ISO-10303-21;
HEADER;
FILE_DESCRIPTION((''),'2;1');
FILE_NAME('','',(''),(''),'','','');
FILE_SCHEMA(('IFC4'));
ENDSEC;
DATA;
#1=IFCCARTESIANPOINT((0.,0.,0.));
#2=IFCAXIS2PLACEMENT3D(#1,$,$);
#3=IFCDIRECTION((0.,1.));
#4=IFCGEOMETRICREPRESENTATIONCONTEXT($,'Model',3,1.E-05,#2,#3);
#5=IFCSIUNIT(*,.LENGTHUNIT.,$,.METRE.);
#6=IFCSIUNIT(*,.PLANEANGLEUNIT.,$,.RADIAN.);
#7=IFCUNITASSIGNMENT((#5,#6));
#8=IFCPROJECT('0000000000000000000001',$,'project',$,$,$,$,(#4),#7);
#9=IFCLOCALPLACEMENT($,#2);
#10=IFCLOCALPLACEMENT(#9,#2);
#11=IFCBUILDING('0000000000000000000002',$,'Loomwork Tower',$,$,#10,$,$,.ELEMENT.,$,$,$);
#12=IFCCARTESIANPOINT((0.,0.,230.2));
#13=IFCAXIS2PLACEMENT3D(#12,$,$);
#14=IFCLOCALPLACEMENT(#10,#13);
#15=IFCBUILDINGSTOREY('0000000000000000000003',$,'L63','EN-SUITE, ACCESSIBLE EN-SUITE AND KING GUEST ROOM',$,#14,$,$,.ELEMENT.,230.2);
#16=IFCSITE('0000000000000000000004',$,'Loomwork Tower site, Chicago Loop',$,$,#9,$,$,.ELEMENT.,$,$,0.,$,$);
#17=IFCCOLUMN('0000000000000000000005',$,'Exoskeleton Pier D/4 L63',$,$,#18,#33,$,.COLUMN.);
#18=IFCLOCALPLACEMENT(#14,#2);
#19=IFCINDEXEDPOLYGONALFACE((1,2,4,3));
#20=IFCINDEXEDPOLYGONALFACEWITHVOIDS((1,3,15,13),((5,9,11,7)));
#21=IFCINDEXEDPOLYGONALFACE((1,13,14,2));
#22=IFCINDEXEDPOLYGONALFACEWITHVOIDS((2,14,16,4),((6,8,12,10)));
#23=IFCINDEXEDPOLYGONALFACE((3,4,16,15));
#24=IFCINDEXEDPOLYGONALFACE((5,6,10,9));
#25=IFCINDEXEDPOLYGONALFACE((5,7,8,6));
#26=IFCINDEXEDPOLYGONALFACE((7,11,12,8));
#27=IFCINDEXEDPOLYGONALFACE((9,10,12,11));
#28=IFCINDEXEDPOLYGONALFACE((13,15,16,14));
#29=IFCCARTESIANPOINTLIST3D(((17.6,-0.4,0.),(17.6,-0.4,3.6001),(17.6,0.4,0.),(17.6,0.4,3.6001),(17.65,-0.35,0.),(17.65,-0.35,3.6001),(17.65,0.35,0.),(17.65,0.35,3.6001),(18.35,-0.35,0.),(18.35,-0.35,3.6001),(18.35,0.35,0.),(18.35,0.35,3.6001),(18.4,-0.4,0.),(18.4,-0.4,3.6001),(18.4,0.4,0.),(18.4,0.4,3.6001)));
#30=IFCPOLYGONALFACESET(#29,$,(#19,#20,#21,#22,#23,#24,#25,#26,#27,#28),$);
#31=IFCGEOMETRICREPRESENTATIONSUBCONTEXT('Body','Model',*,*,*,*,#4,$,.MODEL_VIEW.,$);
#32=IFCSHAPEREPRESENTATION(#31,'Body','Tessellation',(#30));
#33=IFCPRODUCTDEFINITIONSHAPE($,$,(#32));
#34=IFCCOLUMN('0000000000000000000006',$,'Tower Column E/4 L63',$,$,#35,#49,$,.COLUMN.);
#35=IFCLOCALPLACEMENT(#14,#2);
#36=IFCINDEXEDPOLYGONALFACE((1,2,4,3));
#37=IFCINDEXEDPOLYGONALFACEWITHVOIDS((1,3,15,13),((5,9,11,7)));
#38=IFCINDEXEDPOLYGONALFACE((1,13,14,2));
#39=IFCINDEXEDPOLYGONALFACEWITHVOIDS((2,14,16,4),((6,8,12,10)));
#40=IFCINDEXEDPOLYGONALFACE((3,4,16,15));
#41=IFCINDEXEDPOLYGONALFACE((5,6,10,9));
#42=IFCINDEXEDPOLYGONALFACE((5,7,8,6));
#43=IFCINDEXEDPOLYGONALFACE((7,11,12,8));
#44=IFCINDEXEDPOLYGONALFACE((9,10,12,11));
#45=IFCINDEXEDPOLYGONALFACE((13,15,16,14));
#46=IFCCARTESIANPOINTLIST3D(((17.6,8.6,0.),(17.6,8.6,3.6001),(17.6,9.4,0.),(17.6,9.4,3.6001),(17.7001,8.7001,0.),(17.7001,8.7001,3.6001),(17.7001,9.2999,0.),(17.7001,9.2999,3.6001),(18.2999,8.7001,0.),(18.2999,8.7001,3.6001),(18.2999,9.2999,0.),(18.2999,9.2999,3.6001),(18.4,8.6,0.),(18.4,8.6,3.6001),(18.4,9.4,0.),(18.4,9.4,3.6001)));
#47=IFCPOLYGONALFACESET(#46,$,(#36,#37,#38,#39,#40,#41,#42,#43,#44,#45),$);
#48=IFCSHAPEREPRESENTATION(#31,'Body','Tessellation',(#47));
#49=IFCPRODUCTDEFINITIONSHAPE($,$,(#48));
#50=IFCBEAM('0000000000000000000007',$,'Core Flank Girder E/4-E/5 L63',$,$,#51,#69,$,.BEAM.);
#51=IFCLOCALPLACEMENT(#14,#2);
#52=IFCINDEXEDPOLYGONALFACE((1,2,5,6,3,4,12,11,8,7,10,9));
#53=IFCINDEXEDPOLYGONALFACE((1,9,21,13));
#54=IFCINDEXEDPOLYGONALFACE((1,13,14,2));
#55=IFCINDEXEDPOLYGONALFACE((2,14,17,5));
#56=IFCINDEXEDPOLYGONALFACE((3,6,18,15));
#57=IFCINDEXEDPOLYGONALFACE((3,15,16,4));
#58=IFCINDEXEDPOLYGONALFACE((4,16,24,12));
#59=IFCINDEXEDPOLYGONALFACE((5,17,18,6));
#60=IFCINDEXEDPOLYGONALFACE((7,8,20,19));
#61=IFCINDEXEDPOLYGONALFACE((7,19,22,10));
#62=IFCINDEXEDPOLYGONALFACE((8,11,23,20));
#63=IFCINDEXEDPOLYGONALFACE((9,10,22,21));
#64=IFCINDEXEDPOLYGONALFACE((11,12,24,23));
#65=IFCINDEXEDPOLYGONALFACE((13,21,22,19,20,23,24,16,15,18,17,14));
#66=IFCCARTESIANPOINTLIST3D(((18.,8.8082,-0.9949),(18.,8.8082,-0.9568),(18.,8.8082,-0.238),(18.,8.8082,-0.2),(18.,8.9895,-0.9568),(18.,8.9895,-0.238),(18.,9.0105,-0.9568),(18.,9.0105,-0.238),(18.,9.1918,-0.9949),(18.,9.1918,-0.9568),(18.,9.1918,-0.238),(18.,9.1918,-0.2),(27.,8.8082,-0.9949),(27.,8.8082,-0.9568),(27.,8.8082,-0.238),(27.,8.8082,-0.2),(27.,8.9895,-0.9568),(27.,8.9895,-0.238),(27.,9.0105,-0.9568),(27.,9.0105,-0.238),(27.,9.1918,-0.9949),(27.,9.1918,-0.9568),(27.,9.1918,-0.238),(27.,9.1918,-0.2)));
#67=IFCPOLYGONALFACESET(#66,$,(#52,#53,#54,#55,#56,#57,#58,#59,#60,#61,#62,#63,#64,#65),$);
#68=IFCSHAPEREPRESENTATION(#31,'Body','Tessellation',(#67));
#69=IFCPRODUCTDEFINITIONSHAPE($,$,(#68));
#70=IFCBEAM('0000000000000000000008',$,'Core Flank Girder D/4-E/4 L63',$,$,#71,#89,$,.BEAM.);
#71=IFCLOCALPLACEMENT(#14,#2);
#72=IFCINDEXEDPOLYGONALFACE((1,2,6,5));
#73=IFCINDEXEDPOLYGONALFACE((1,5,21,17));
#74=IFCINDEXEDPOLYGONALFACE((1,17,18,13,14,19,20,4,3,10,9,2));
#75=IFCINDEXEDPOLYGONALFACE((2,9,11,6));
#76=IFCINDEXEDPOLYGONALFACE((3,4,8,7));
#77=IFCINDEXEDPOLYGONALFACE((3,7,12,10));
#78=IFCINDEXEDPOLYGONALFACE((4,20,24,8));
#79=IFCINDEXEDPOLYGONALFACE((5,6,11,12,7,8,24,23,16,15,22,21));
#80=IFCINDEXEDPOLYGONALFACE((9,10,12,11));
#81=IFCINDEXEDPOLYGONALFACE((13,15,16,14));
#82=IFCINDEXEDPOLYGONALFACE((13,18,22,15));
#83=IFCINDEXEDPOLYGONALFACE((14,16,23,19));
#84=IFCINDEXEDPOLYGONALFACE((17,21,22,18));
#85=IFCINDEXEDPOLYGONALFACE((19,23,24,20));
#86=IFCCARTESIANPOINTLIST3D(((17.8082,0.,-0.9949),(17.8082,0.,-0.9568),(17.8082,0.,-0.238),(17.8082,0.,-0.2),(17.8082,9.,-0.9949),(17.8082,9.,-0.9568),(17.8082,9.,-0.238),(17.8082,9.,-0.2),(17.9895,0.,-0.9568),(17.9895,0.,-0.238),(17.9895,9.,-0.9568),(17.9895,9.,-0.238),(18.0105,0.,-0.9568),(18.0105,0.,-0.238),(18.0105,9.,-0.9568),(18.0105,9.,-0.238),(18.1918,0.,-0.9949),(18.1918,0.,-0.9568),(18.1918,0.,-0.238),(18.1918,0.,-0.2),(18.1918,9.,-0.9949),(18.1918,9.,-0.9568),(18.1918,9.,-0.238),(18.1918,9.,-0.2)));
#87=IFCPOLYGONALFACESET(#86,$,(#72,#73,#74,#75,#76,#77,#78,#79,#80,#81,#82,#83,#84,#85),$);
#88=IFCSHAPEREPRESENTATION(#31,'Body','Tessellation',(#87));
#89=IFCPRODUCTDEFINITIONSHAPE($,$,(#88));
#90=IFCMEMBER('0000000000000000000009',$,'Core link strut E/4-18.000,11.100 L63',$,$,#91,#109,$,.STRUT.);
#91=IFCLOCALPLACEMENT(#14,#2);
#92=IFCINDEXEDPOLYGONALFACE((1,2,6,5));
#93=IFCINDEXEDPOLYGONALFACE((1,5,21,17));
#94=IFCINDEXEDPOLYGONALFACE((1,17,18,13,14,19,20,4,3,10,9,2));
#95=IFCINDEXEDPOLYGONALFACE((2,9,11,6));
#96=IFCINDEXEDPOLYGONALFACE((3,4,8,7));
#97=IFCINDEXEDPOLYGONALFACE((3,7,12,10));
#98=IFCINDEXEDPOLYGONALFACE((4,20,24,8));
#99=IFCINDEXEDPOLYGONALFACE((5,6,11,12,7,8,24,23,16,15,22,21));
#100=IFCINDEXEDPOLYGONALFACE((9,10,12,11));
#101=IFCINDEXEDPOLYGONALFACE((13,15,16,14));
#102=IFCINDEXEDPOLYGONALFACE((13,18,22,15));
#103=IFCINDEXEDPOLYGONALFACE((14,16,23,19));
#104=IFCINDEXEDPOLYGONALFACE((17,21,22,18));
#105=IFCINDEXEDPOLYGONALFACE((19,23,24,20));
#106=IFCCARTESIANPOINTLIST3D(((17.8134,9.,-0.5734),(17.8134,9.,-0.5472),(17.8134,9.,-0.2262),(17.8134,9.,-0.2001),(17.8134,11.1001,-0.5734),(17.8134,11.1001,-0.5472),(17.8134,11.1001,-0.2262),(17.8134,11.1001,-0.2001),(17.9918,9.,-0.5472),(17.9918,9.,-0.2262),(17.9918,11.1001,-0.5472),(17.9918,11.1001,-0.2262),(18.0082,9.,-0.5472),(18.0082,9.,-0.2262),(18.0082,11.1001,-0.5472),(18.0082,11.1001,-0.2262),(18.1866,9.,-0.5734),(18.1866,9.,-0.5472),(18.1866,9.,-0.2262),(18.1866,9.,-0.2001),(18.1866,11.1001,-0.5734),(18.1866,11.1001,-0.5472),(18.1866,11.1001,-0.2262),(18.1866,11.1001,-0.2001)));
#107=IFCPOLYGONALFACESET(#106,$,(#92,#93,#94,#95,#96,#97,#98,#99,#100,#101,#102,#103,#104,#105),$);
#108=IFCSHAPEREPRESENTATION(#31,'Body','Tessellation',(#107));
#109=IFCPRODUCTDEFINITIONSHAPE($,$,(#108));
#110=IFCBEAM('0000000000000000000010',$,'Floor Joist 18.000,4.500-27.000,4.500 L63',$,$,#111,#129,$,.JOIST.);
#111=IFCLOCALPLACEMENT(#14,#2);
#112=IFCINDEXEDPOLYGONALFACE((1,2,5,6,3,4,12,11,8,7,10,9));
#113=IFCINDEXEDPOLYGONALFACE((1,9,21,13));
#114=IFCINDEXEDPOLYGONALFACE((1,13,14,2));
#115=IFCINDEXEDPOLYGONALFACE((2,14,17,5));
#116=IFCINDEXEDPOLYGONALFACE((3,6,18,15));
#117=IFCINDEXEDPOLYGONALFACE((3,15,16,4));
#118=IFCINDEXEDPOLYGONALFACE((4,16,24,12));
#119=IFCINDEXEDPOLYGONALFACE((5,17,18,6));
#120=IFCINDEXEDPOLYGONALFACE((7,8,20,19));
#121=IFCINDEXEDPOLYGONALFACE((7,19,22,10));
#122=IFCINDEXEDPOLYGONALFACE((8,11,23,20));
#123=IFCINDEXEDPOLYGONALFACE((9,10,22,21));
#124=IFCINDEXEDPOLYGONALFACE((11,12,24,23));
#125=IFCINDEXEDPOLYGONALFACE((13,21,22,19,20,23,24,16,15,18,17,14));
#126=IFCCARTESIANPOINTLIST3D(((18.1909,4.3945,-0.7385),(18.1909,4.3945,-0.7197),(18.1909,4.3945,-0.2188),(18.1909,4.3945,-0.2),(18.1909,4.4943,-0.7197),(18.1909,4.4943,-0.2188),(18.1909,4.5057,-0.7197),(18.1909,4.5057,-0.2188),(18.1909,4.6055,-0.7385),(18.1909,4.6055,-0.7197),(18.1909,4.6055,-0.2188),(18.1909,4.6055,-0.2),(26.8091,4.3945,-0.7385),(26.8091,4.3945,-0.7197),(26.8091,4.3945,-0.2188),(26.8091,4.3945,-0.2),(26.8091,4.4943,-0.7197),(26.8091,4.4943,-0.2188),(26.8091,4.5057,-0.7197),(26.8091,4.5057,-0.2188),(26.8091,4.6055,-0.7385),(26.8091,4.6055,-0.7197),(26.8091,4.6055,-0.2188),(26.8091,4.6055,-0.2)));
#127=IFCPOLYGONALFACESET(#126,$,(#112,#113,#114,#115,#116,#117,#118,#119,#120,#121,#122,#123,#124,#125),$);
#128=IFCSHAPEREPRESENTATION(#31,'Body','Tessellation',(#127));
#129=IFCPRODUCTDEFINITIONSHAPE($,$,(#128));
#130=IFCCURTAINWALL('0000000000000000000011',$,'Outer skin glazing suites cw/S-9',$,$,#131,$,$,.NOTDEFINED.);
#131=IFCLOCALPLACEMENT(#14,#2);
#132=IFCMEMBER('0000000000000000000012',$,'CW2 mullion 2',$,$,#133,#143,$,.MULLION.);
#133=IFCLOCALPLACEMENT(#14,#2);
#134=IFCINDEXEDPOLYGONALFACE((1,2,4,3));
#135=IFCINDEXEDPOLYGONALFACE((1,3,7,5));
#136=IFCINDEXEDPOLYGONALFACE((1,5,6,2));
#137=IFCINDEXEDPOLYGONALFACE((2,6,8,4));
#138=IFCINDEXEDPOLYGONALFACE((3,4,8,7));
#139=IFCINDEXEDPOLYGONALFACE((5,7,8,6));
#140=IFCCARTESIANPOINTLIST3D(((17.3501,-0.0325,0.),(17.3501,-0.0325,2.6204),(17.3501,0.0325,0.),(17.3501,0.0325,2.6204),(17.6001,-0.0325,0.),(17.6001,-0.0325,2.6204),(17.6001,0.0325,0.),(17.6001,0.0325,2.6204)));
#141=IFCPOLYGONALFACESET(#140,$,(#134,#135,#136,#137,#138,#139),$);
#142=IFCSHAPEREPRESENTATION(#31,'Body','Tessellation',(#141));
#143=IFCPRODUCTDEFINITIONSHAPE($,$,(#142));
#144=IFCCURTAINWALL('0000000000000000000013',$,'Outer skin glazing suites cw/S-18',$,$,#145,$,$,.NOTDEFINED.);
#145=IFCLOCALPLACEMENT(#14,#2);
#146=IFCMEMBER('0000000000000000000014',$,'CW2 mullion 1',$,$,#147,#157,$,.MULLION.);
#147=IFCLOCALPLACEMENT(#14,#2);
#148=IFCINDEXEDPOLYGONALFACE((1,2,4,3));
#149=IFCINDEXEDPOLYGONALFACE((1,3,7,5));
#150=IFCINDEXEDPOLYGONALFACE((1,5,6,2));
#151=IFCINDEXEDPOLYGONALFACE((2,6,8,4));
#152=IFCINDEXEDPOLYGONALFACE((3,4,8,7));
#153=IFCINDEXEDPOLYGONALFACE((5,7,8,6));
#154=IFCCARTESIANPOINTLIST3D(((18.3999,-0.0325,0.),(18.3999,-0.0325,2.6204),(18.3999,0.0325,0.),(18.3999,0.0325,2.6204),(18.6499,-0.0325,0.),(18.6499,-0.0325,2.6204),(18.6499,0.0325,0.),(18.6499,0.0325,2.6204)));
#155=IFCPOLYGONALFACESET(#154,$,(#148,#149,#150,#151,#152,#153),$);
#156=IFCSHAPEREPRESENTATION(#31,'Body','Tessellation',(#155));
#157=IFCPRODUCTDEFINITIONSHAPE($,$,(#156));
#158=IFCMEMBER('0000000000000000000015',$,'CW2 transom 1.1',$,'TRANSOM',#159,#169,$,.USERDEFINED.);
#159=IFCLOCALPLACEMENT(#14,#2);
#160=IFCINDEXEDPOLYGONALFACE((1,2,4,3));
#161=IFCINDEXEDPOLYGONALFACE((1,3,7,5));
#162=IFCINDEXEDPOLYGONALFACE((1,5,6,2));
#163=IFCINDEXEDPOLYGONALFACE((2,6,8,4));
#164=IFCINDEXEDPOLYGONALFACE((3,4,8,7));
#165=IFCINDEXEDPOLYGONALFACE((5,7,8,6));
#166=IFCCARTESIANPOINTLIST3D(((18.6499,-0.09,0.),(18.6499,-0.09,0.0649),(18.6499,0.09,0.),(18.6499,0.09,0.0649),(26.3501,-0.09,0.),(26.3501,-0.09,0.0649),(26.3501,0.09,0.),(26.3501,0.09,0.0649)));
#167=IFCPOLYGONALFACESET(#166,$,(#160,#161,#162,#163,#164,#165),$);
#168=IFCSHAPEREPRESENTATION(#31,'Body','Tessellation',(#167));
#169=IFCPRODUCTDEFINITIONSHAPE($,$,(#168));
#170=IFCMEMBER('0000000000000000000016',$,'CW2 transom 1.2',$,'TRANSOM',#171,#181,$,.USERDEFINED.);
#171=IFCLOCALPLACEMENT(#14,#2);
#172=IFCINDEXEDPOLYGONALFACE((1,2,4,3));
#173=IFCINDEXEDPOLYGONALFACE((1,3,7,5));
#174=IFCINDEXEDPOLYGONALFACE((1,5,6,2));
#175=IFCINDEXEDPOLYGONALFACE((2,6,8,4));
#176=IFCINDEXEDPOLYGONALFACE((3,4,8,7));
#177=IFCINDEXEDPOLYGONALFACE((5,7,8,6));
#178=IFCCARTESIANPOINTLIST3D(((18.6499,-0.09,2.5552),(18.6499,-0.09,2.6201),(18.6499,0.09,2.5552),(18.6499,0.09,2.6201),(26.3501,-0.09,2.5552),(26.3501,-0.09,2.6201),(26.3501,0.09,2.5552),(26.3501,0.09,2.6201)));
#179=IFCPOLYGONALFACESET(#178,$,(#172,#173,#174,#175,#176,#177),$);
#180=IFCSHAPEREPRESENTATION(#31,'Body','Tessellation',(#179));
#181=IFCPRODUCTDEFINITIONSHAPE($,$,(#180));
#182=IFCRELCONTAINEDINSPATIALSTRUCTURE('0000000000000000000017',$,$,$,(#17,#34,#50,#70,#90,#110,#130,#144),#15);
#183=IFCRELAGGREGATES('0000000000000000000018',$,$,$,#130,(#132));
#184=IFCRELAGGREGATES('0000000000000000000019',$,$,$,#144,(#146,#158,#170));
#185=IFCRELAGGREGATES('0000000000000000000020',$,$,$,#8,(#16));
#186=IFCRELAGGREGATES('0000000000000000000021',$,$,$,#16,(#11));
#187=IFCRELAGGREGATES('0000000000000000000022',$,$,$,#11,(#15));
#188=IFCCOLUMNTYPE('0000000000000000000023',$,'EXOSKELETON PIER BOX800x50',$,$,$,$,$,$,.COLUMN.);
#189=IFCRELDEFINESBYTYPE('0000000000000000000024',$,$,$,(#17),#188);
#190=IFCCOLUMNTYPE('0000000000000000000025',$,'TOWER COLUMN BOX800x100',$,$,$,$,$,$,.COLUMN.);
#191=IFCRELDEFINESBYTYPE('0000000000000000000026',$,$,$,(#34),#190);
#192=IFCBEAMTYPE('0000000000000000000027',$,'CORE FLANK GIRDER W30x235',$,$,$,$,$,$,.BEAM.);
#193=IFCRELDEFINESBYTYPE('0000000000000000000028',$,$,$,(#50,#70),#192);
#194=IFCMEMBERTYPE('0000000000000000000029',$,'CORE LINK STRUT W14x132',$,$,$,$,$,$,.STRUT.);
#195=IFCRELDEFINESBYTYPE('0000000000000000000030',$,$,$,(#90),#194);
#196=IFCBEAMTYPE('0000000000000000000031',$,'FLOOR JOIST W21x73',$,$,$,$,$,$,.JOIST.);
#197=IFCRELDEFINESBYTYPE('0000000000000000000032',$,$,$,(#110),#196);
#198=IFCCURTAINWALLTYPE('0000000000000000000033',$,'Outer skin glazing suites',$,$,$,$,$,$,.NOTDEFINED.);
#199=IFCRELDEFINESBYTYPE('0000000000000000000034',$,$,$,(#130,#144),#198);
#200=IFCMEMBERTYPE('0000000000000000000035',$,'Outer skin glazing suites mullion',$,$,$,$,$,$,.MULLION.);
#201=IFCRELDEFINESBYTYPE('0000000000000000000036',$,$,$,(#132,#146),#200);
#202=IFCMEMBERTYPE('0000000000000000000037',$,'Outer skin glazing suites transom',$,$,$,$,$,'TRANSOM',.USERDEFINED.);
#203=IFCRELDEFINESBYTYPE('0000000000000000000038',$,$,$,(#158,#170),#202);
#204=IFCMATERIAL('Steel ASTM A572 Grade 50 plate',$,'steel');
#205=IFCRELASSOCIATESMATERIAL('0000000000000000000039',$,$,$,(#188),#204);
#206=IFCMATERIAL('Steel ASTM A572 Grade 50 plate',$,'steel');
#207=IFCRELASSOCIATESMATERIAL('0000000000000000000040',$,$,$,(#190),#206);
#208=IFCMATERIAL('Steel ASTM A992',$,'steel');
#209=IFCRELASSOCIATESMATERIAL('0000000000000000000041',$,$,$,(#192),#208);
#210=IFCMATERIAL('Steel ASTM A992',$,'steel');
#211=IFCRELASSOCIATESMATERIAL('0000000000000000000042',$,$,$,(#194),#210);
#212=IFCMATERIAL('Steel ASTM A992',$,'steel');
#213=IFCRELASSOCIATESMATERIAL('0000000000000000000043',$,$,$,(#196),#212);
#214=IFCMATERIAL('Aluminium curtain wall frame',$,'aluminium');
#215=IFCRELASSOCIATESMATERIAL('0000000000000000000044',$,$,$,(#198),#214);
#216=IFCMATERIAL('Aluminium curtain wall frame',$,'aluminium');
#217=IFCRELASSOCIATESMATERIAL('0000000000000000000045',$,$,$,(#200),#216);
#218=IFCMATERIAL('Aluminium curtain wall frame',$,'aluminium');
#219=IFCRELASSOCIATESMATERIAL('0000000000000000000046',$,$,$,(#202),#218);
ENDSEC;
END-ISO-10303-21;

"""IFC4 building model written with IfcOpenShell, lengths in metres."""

from ifc_helpers import new_model, si_unit, direction, frame, origin, origin_2d, place, context, subcontext, project, spatial, rectangle, hollow_rectangle, i_section, extrude, material, material_profile, profile_set, type_object, element, aggregate, save


model = new_model("IFC4")

# Units and contexts
model_context = context("Model", 3, precision=1e-05, world=origin(), true_north=direction((0.0, 1.0)))
body_context = subcontext(model_context, "Body", "Model", "MODEL_VIEW")
ifc_project = project(units=[si_unit("LENGTHUNIT", "METRE"), si_unit("PLANEANGLEUNIT", "RADIAN")], contexts=[model_context])

# Site, building, storey
site_placement = place(None, origin())
site = spatial("IfcSite", under=ifc_project, at=site_placement, Name="Loomwork Tower site, Chicago Loop", CompositionType="ELEMENT", RefElevation=0.0)
building_placement = place(site_placement, origin())
building = spatial("IfcBuilding", under=site, at=building_placement, Name="Loomwork Tower", CompositionType="ELEMENT")
storey_placement = place(building_placement, frame((0.0, 0.0, 230.2)))
storey = spatial("IfcBuildingStorey", under=building, at=storey_placement, Name="L63", Description="EN-SUITE, ACCESSIBLE EN-SUITE AND KING GUEST ROOM", CompositionType="ELEMENT", Elevation=230.2)

# Columns
ifc_material_1 = material(Name="Steel ASTM A572 Grade 50 plate", Category="steel")
ifc_material_profile_1 = material_profile(ifc_material_1, hollow_rectangle(XDim=0.8, YDim=0.8, WallThickness=0.05, at=origin_2d()), Name="BOX800x50")
ifc_profile_set_1 = profile_set([ifc_material_profile_1], Name="Steel ASTM A572 Grade 50 plate")
column_type_1 = type_object("IfcColumnType", Name="EXOSKELETON PIER BOX800x50", PredefinedType="COLUMN", material=ifc_profile_set_1)
column_1_placement = place(storey_placement, frame((18.0, 0.0, 0.0), z_axis=(0.0, 0.0, 1.0), x_axis=(1.0, 0.0, 0.0)))
element("IfcColumn", 1, at=column_1_placement, inside=storey, type_object=column_type_1, Name="Exoskeleton Pier D/4 L63", PredefinedType="COLUMN", context=body_context, shape_type="SweptSolid", body=[
    extrude(hollow_rectangle(XDim=0.8, YDim=0.8, WallThickness=0.05, at=origin_2d()), origin(), (0.0, 0.0, 1.0), 3.6001),
])
ifc_material_2 = material(Name="Steel ASTM A572 Grade 50 plate", Category="steel")
ifc_material_profile_2 = material_profile(ifc_material_2, hollow_rectangle(XDim=0.8, YDim=0.8, WallThickness=0.1001, at=origin_2d()), Name="BOX800x100")
ifc_profile_set_2 = profile_set([ifc_material_profile_2], Name="Steel ASTM A572 Grade 50 plate")
column_type_2 = type_object("IfcColumnType", Name="TOWER COLUMN BOX800x100", PredefinedType="COLUMN", material=ifc_profile_set_2)
column_2_placement = place(storey_placement, frame((18.0, 9.0, 0.0), z_axis=(0.0, 0.0, 1.0), x_axis=(1.0, 0.0, 0.0)))
element("IfcColumn", 2, at=column_2_placement, inside=storey, type_object=column_type_2, Name="Tower Column E/4 L63", PredefinedType="COLUMN", context=body_context, shape_type="SweptSolid", body=[
    extrude(hollow_rectangle(XDim=0.8, YDim=0.8, WallThickness=0.1001, at=origin_2d()), origin(), (0.0, 0.0, 1.0), 3.6001),
])

# Beams
ifc_material_3 = material(Name="Steel ASTM A992", Category="steel")
ifc_material_profile_3 = material_profile(ifc_material_3, i_section(OverallWidth=0.3835, OverallDepth=0.7949, WebThickness=0.021, FlangeThickness=0.0381, at=origin_2d()), Name="W30x235")
ifc_profile_set_3 = profile_set([ifc_material_profile_3], Name="Steel ASTM A992")
beam_type_1 = type_object("IfcBeamType", Name="CORE FLANK GIRDER W30x235", PredefinedType="BEAM", material=ifc_profile_set_3)
for number, where, z_axis, x_axis, name in (
    (3, (18.0, 9.0, -0.5974), (1.0, 0.0, 0.0), (0.0, 1.0, 0.0), "Core Flank Girder E/4-E/5 L63"),
    (4, (18.0, 0.0, -0.5974), (0.0, 1.0, 0.0), (-1.0, 0.0, 0.0), "Core Flank Girder D/4-E/4 L63"),
):
    element("IfcBeam", number, at=place(storey_placement, frame(where, z_axis=z_axis, x_axis=x_axis)), inside=storey, type_object=beam_type_1, Name=name, PredefinedType="BEAM", context=body_context, shape_type="SweptSolid", body=[
        extrude(i_section(OverallWidth=0.3835, OverallDepth=0.7949, WebThickness=0.021, FlangeThickness=0.0381, at=origin_2d()), origin(), (0.0, 0.0, 1.0), 9.0),
    ])

# Member
ifc_material_4 = material(Name="Steel ASTM A992", Category="steel")
ifc_material_profile_4 = material_profile(ifc_material_4, i_section(OverallWidth=0.3733, OverallDepth=0.3733, WebThickness=0.0164, FlangeThickness=0.0261, at=origin_2d()), Name="W14x132")
ifc_profile_set_4 = profile_set([ifc_material_profile_4], Name="Steel ASTM A992")
member_type_1 = type_object("IfcMemberType", Name="CORE LINK STRUT W14x132", PredefinedType="STRUT", material=ifc_profile_set_4)
member_1_placement = place(storey_placement, frame((18.0, 9.0, -0.3867), z_axis=(0.0, 1.0, 0.0), x_axis=(-1.0, 0.0, 0.0)))
element("IfcMember", 5, at=member_1_placement, inside=storey, type_object=member_type_1, Name="Core link strut E/4-18.000,11.100 L63", PredefinedType="STRUT", context=body_context, shape_type="SweptSolid", body=[
    extrude(i_section(OverallWidth=0.3733, OverallDepth=0.3733, WebThickness=0.0164, FlangeThickness=0.0261, at=origin_2d()), origin(), (0.0, 0.0, 1.0), 2.1001),
])

# Beam
ifc_material_5 = material(Name="Steel ASTM A992", Category="steel")
ifc_material_profile_5 = material_profile(ifc_material_5, i_section(OverallWidth=0.2109, OverallDepth=0.5386, WebThickness=0.0115, FlangeThickness=0.0188, at=origin_2d()), Name="W21x73")
ifc_profile_set_5 = profile_set([ifc_material_profile_5], Name="Steel ASTM A992")
beam_type_2 = type_object("IfcBeamType", Name="FLOOR JOIST W21x73", PredefinedType="JOIST", material=ifc_profile_set_5)
beam_1_placement = place(storey_placement, frame((18.1909, 4.5, -0.4692), z_axis=(1.0, 0.0, 0.0), x_axis=(0.0, 1.0, 0.0)))
element("IfcBeam", 6, at=beam_1_placement, inside=storey, type_object=beam_type_2, Name="Floor Joist 18.000,4.500-27.000,4.500 L63", PredefinedType="JOIST", context=body_context, shape_type="SweptSolid", body=[
    extrude(i_section(OverallWidth=0.2109, OverallDepth=0.5386, WebThickness=0.0115, FlangeThickness=0.0188, at=origin_2d()), origin(), (0.0, 0.0, 1.0), 8.6182),
])

# Curtain wall, member
ifc_material_6 = material(Name="Aluminium curtain wall frame", Category="aluminium")
curtain_wall_type = type_object("IfcCurtainWallType", Name="Outer skin glazing suites", PredefinedType="NOTDEFINED", material=ifc_material_6)
curtain_wall_1_placement = place(storey_placement, origin())
curtain_wall_1 = element("IfcCurtainWall", 7, at=curtain_wall_1_placement, inside=storey, type_object=curtain_wall_type, Name="Outer skin glazing suites cw/S-9", PredefinedType="NOTDEFINED")
ifc_material_7 = material(Name="Aluminium curtain wall frame", Category="aluminium")
ifc_material_profile_6 = material_profile(ifc_material_7, rectangle(XDim=0.0649, YDim=0.25, at=origin_2d()), Name="AL 65x250")
ifc_profile_set_6 = profile_set([ifc_material_profile_6], Name="Aluminium curtain wall frame")
member_type_2 = type_object("IfcMemberType", Name="Outer skin glazing suites mullion", PredefinedType="MULLION", material=ifc_profile_set_6)
member_2_placement = place(storey_placement, frame((17.4751, 0.0, 0.0), z_axis=(0.0, 0.0, 1.0), x_axis=(0.0, 1.0, 0.0)))
member_2 = element("IfcMember", 8, at=member_2_placement, type_object=member_type_2, Name="CW2 mullion 2", PredefinedType="MULLION", context=body_context, shape_type="SweptSolid", body=[
    extrude(rectangle(XDim=0.0649, YDim=0.25, at=origin_2d()), origin(), (0.0, 0.0, 1.0), 2.6204),
])
aggregate(curtain_wall_1, [member_2])

# Curtain wall, members
curtain_wall_2_placement = place(storey_placement, origin())
curtain_wall_2 = element("IfcCurtainWall", 9, at=curtain_wall_2_placement, inside=storey, type_object=curtain_wall_type, Name="Outer skin glazing suites cw/S-18", PredefinedType="NOTDEFINED")
member_3_placement = place(storey_placement, frame((18.5249, 0.0, 0.0), z_axis=(0.0, 0.0, 1.0), x_axis=(0.0, 1.0, 0.0)))
member_3 = element("IfcMember", 10, at=member_3_placement, type_object=member_type_2, Name="CW2 mullion 1", PredefinedType="MULLION", context=body_context, shape_type="SweptSolid", body=[
    extrude(rectangle(XDim=0.0649, YDim=0.25, at=origin_2d()), origin(), (0.0, 0.0, 1.0), 2.6204),
])
ifc_material_8 = material(Name="Aluminium curtain wall frame", Category="aluminium")
ifc_material_profile_7 = material_profile(ifc_material_8, rectangle(XDim=0.1799, YDim=0.0649, at=origin_2d()), Name="AL 65x180")
ifc_profile_set_7 = profile_set([ifc_material_profile_7], Name="Aluminium curtain wall frame")
member_type_3 = type_object("IfcMemberType", Name="Outer skin glazing suites transom", ElementType="TRANSOM", PredefinedType="USERDEFINED", material=ifc_profile_set_7)
member_4_placement = place(storey_placement, frame((18.6499, 0.0, 0.0325), z_axis=(1.0, 0.0, 0.0), x_axis=(0.0, 1.0, 0.0)))
member_4 = element("IfcMember", 11, at=member_4_placement, type_object=member_type_3, Name="CW2 transom 1.1", ObjectType="TRANSOM", PredefinedType="USERDEFINED", context=body_context, shape_type="SweptSolid", body=[
    extrude(rectangle(XDim=0.1799, YDim=0.0649, at=origin_2d()), origin(), (0.0, 0.0, 1.0), 7.7002),
])
member_5_placement = place(storey_placement, frame((18.6499, 0.0, 2.5876), z_axis=(1.0, 0.0, 0.0), x_axis=(0.0, 1.0, 0.0)))
member_5 = element("IfcMember", 12, at=member_5_placement, type_object=member_type_3, Name="CW2 transom 1.2", ObjectType="TRANSOM", PredefinedType="USERDEFINED", context=body_context, shape_type="SweptSolid", body=[
    extrude(rectangle(XDim=0.1799, YDim=0.0649, at=origin_2d()), origin(), (0.0, 0.0, 1.0), 7.7002),
])
aggregate(curtain_wall_2, [member_3, member_4, member_5])

save(model, "model.ifc")
